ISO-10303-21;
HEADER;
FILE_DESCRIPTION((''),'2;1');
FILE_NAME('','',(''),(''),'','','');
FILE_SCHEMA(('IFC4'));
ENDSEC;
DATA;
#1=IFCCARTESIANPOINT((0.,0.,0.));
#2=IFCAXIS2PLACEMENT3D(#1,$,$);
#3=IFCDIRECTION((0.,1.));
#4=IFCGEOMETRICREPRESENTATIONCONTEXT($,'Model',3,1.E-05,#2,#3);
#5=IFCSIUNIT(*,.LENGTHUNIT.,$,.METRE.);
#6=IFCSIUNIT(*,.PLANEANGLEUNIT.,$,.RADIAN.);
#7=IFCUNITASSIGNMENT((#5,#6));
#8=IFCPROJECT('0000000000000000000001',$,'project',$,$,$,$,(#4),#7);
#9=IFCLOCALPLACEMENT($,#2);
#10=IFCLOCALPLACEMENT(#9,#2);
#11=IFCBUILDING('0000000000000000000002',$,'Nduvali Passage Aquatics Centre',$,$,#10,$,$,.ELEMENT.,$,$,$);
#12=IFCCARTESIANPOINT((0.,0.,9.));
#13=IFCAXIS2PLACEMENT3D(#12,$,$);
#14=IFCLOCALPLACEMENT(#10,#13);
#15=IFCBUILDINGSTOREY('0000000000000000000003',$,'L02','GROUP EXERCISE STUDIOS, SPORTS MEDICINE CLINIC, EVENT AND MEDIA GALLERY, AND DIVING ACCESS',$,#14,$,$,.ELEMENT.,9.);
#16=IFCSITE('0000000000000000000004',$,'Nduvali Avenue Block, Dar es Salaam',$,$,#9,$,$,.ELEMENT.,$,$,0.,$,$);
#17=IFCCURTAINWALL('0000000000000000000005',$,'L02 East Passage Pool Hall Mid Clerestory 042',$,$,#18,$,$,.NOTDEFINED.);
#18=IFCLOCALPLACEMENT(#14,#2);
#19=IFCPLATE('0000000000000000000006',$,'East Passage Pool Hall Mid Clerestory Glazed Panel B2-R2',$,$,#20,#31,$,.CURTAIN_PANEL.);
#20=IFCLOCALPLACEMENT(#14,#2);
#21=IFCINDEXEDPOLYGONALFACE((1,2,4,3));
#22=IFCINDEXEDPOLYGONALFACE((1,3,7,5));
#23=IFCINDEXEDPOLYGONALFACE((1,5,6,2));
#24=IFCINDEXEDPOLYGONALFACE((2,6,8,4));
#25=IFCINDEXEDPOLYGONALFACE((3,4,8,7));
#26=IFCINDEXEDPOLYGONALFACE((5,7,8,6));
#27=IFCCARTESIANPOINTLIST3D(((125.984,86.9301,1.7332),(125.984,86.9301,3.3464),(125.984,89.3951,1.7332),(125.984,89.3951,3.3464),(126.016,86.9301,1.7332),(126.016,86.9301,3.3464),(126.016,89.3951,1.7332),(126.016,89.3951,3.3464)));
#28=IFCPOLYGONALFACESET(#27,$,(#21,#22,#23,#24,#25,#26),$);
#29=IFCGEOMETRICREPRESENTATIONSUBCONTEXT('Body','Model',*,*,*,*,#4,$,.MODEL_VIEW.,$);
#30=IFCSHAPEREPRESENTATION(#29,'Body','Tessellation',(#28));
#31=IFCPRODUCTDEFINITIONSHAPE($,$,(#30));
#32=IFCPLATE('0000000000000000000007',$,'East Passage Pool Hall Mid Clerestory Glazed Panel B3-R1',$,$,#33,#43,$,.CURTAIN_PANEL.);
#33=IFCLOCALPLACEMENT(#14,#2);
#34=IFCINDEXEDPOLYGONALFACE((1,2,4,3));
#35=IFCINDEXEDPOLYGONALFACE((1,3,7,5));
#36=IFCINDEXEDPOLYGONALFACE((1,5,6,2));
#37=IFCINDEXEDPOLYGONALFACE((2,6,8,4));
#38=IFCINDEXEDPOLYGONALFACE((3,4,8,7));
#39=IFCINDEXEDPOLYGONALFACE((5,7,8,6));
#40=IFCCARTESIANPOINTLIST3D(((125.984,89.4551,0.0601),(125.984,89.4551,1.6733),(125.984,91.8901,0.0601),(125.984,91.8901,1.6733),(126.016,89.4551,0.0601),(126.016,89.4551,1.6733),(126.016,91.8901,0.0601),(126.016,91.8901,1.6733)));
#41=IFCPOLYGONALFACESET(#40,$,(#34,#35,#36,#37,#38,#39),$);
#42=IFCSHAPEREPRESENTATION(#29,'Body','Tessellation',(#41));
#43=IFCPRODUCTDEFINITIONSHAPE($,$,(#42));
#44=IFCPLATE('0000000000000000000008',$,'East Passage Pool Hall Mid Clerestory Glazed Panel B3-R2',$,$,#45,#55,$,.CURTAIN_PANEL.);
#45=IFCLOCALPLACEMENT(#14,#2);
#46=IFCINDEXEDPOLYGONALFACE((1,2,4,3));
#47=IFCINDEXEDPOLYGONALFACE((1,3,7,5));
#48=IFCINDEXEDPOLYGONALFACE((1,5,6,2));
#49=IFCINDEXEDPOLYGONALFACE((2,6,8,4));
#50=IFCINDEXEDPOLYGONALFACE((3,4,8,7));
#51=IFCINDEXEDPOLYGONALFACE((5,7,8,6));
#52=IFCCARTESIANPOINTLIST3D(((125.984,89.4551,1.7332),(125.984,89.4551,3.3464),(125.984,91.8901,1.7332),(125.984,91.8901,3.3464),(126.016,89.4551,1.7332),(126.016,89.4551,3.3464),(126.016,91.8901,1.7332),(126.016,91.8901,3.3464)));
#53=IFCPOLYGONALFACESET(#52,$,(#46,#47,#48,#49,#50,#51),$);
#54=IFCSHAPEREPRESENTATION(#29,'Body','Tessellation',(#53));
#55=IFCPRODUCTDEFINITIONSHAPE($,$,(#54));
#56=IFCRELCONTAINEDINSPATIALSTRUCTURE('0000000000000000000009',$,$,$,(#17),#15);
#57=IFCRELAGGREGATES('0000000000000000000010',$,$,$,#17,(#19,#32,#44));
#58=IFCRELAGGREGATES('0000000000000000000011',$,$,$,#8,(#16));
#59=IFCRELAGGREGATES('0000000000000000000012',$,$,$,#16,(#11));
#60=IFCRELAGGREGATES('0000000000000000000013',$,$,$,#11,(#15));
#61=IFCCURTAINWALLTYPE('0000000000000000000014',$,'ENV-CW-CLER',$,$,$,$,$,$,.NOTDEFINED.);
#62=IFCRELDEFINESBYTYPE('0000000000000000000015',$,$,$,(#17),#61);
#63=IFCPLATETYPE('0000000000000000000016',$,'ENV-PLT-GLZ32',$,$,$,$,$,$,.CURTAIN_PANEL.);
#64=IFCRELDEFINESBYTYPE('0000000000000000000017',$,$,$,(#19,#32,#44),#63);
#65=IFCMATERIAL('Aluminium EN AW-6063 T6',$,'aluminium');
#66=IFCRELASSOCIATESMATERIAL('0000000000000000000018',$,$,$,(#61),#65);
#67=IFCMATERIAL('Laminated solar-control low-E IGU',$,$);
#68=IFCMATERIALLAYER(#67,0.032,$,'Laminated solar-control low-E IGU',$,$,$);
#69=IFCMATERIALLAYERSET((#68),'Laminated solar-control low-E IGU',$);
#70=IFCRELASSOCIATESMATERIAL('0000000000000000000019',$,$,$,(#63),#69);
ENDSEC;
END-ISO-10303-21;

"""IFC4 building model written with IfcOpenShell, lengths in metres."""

from ifc_helpers import new_model, si_unit, direction, frame, origin, origin_2d, place, context, subcontext, project, spatial, rectangle, extrude, material, layer, layer_set, type_object, element, aggregate, save


model = new_model("IFC4")

# Units and contexts
model_context = context("Model", 3, precision=1e-05, world=origin(), true_north=direction((0.0, 1.0)))
body_context = subcontext(model_context, "Body", "Model", "MODEL_VIEW")
ifc_project = project(units=[si_unit("LENGTHUNIT", "METRE"), si_unit("PLANEANGLEUNIT", "RADIAN")], contexts=[model_context])

# Site, building, storey
site_placement = place(None, origin())
site = spatial("IfcSite", under=ifc_project, at=site_placement, Name="Nduvali Avenue Block, Dar es Salaam", CompositionType="ELEMENT", RefElevation=0.0)
building_placement = place(site_placement, origin())
building = spatial("IfcBuilding", under=site, at=building_placement, Name="Nduvali Passage Aquatics Centre", CompositionType="ELEMENT")
storey_placement = place(building_placement, frame((0.0, 0.0, 9.0)))
storey = spatial("IfcBuildingStorey", under=building, at=storey_placement, Name="L02", Description="GROUP EXERCISE STUDIOS, SPORTS MEDICINE CLINIC, EVENT AND MEDIA GALLERY, AND DIVING ACCESS", CompositionType="ELEMENT", Elevation=9.0)

# Curtain wall
ifc_material_1 = material(Name="Aluminium EN AW-6063 T6", Category="aluminium")
curtain_wall_type_1 = type_object("IfcCurtainWallType", Name="ENV-CW-CLER", PredefinedType="NOTDEFINED", material=ifc_material_1)
curtain_wall_1_placement = place(storey_placement, origin())
curtain_wall_1 = element("IfcCurtainWall", 1, at=curtain_wall_1_placement, inside=storey, type_object=curtain_wall_type_1, Name="L02 East Passage Pool Hall Mid Clerestory 042", PredefinedType="NOTDEFINED")

# Plates
ifc_material_2 = material(Name="Laminated solar-control low-E IGU")
ifc_layer_1 = layer(ifc_material_2, 0.032, Name="Laminated solar-control low-E IGU")
ifc_layer_set_1 = layer_set([ifc_layer_1], Name="Laminated solar-control low-E IGU")
plate_type_1 = type_object("IfcPlateType", Name="ENV-PLT-GLZ32", PredefinedType="CURTAIN_PANEL", material=ifc_layer_set_1)
plate_1_placement = place(storey_placement, frame((126.0, 88.1626, 1.7332), z_axis=(0.0, 0.0, 1.0), x_axis=(0.0, 1.0, 0.0)))
plate_1 = element("IfcPlate", 2, at=plate_1_placement, type_object=plate_type_1, Name="East Passage Pool Hall Mid Clerestory Glazed Panel B2-R2", PredefinedType="CURTAIN_PANEL", context=body_context, shape_type="SweptSolid", body=[
    extrude(rectangle(XDim=2.4651, YDim=0.032, at=origin_2d()), origin(), (0.0, 0.0, 1.0), 1.6133),
])
plate_2_placement = place(storey_placement, frame((126.0, 90.6726, 0.0601), z_axis=(0.0, 0.0, 1.0), x_axis=(0.0, 1.0, 0.0)))
plate_2 = element("IfcPlate", 3, at=plate_2_placement, type_object=plate_type_1, Name="East Passage Pool Hall Mid Clerestory Glazed Panel B3-R1", PredefinedType="CURTAIN_PANEL", context=body_context, shape_type="SweptSolid", body=[
    extrude(rectangle(XDim=2.4351, YDim=0.032, at=origin_2d()), origin(), (0.0, 0.0, 1.0), 1.6133),
])
plate_3_placement = place(storey_placement, frame((126.0, 90.6726, 1.7332), z_axis=(0.0, 0.0, 1.0), x_axis=(0.0, 1.0, 0.0)))
plate_3 = element("IfcPlate", 4, at=plate_3_placement, type_object=plate_type_1, Name="East Passage Pool Hall Mid Clerestory Glazed Panel B3-R2", PredefinedType="CURTAIN_PANEL", context=body_context, shape_type="SweptSolid", body=[
    extrude(rectangle(XDim=2.4351, YDim=0.032, at=origin_2d()), origin(), (0.0, 0.0, 1.0), 1.6133),
])
aggregate(curtain_wall_1, [plate_1, plate_2, plate_3])

save(model, "model.ifc")
